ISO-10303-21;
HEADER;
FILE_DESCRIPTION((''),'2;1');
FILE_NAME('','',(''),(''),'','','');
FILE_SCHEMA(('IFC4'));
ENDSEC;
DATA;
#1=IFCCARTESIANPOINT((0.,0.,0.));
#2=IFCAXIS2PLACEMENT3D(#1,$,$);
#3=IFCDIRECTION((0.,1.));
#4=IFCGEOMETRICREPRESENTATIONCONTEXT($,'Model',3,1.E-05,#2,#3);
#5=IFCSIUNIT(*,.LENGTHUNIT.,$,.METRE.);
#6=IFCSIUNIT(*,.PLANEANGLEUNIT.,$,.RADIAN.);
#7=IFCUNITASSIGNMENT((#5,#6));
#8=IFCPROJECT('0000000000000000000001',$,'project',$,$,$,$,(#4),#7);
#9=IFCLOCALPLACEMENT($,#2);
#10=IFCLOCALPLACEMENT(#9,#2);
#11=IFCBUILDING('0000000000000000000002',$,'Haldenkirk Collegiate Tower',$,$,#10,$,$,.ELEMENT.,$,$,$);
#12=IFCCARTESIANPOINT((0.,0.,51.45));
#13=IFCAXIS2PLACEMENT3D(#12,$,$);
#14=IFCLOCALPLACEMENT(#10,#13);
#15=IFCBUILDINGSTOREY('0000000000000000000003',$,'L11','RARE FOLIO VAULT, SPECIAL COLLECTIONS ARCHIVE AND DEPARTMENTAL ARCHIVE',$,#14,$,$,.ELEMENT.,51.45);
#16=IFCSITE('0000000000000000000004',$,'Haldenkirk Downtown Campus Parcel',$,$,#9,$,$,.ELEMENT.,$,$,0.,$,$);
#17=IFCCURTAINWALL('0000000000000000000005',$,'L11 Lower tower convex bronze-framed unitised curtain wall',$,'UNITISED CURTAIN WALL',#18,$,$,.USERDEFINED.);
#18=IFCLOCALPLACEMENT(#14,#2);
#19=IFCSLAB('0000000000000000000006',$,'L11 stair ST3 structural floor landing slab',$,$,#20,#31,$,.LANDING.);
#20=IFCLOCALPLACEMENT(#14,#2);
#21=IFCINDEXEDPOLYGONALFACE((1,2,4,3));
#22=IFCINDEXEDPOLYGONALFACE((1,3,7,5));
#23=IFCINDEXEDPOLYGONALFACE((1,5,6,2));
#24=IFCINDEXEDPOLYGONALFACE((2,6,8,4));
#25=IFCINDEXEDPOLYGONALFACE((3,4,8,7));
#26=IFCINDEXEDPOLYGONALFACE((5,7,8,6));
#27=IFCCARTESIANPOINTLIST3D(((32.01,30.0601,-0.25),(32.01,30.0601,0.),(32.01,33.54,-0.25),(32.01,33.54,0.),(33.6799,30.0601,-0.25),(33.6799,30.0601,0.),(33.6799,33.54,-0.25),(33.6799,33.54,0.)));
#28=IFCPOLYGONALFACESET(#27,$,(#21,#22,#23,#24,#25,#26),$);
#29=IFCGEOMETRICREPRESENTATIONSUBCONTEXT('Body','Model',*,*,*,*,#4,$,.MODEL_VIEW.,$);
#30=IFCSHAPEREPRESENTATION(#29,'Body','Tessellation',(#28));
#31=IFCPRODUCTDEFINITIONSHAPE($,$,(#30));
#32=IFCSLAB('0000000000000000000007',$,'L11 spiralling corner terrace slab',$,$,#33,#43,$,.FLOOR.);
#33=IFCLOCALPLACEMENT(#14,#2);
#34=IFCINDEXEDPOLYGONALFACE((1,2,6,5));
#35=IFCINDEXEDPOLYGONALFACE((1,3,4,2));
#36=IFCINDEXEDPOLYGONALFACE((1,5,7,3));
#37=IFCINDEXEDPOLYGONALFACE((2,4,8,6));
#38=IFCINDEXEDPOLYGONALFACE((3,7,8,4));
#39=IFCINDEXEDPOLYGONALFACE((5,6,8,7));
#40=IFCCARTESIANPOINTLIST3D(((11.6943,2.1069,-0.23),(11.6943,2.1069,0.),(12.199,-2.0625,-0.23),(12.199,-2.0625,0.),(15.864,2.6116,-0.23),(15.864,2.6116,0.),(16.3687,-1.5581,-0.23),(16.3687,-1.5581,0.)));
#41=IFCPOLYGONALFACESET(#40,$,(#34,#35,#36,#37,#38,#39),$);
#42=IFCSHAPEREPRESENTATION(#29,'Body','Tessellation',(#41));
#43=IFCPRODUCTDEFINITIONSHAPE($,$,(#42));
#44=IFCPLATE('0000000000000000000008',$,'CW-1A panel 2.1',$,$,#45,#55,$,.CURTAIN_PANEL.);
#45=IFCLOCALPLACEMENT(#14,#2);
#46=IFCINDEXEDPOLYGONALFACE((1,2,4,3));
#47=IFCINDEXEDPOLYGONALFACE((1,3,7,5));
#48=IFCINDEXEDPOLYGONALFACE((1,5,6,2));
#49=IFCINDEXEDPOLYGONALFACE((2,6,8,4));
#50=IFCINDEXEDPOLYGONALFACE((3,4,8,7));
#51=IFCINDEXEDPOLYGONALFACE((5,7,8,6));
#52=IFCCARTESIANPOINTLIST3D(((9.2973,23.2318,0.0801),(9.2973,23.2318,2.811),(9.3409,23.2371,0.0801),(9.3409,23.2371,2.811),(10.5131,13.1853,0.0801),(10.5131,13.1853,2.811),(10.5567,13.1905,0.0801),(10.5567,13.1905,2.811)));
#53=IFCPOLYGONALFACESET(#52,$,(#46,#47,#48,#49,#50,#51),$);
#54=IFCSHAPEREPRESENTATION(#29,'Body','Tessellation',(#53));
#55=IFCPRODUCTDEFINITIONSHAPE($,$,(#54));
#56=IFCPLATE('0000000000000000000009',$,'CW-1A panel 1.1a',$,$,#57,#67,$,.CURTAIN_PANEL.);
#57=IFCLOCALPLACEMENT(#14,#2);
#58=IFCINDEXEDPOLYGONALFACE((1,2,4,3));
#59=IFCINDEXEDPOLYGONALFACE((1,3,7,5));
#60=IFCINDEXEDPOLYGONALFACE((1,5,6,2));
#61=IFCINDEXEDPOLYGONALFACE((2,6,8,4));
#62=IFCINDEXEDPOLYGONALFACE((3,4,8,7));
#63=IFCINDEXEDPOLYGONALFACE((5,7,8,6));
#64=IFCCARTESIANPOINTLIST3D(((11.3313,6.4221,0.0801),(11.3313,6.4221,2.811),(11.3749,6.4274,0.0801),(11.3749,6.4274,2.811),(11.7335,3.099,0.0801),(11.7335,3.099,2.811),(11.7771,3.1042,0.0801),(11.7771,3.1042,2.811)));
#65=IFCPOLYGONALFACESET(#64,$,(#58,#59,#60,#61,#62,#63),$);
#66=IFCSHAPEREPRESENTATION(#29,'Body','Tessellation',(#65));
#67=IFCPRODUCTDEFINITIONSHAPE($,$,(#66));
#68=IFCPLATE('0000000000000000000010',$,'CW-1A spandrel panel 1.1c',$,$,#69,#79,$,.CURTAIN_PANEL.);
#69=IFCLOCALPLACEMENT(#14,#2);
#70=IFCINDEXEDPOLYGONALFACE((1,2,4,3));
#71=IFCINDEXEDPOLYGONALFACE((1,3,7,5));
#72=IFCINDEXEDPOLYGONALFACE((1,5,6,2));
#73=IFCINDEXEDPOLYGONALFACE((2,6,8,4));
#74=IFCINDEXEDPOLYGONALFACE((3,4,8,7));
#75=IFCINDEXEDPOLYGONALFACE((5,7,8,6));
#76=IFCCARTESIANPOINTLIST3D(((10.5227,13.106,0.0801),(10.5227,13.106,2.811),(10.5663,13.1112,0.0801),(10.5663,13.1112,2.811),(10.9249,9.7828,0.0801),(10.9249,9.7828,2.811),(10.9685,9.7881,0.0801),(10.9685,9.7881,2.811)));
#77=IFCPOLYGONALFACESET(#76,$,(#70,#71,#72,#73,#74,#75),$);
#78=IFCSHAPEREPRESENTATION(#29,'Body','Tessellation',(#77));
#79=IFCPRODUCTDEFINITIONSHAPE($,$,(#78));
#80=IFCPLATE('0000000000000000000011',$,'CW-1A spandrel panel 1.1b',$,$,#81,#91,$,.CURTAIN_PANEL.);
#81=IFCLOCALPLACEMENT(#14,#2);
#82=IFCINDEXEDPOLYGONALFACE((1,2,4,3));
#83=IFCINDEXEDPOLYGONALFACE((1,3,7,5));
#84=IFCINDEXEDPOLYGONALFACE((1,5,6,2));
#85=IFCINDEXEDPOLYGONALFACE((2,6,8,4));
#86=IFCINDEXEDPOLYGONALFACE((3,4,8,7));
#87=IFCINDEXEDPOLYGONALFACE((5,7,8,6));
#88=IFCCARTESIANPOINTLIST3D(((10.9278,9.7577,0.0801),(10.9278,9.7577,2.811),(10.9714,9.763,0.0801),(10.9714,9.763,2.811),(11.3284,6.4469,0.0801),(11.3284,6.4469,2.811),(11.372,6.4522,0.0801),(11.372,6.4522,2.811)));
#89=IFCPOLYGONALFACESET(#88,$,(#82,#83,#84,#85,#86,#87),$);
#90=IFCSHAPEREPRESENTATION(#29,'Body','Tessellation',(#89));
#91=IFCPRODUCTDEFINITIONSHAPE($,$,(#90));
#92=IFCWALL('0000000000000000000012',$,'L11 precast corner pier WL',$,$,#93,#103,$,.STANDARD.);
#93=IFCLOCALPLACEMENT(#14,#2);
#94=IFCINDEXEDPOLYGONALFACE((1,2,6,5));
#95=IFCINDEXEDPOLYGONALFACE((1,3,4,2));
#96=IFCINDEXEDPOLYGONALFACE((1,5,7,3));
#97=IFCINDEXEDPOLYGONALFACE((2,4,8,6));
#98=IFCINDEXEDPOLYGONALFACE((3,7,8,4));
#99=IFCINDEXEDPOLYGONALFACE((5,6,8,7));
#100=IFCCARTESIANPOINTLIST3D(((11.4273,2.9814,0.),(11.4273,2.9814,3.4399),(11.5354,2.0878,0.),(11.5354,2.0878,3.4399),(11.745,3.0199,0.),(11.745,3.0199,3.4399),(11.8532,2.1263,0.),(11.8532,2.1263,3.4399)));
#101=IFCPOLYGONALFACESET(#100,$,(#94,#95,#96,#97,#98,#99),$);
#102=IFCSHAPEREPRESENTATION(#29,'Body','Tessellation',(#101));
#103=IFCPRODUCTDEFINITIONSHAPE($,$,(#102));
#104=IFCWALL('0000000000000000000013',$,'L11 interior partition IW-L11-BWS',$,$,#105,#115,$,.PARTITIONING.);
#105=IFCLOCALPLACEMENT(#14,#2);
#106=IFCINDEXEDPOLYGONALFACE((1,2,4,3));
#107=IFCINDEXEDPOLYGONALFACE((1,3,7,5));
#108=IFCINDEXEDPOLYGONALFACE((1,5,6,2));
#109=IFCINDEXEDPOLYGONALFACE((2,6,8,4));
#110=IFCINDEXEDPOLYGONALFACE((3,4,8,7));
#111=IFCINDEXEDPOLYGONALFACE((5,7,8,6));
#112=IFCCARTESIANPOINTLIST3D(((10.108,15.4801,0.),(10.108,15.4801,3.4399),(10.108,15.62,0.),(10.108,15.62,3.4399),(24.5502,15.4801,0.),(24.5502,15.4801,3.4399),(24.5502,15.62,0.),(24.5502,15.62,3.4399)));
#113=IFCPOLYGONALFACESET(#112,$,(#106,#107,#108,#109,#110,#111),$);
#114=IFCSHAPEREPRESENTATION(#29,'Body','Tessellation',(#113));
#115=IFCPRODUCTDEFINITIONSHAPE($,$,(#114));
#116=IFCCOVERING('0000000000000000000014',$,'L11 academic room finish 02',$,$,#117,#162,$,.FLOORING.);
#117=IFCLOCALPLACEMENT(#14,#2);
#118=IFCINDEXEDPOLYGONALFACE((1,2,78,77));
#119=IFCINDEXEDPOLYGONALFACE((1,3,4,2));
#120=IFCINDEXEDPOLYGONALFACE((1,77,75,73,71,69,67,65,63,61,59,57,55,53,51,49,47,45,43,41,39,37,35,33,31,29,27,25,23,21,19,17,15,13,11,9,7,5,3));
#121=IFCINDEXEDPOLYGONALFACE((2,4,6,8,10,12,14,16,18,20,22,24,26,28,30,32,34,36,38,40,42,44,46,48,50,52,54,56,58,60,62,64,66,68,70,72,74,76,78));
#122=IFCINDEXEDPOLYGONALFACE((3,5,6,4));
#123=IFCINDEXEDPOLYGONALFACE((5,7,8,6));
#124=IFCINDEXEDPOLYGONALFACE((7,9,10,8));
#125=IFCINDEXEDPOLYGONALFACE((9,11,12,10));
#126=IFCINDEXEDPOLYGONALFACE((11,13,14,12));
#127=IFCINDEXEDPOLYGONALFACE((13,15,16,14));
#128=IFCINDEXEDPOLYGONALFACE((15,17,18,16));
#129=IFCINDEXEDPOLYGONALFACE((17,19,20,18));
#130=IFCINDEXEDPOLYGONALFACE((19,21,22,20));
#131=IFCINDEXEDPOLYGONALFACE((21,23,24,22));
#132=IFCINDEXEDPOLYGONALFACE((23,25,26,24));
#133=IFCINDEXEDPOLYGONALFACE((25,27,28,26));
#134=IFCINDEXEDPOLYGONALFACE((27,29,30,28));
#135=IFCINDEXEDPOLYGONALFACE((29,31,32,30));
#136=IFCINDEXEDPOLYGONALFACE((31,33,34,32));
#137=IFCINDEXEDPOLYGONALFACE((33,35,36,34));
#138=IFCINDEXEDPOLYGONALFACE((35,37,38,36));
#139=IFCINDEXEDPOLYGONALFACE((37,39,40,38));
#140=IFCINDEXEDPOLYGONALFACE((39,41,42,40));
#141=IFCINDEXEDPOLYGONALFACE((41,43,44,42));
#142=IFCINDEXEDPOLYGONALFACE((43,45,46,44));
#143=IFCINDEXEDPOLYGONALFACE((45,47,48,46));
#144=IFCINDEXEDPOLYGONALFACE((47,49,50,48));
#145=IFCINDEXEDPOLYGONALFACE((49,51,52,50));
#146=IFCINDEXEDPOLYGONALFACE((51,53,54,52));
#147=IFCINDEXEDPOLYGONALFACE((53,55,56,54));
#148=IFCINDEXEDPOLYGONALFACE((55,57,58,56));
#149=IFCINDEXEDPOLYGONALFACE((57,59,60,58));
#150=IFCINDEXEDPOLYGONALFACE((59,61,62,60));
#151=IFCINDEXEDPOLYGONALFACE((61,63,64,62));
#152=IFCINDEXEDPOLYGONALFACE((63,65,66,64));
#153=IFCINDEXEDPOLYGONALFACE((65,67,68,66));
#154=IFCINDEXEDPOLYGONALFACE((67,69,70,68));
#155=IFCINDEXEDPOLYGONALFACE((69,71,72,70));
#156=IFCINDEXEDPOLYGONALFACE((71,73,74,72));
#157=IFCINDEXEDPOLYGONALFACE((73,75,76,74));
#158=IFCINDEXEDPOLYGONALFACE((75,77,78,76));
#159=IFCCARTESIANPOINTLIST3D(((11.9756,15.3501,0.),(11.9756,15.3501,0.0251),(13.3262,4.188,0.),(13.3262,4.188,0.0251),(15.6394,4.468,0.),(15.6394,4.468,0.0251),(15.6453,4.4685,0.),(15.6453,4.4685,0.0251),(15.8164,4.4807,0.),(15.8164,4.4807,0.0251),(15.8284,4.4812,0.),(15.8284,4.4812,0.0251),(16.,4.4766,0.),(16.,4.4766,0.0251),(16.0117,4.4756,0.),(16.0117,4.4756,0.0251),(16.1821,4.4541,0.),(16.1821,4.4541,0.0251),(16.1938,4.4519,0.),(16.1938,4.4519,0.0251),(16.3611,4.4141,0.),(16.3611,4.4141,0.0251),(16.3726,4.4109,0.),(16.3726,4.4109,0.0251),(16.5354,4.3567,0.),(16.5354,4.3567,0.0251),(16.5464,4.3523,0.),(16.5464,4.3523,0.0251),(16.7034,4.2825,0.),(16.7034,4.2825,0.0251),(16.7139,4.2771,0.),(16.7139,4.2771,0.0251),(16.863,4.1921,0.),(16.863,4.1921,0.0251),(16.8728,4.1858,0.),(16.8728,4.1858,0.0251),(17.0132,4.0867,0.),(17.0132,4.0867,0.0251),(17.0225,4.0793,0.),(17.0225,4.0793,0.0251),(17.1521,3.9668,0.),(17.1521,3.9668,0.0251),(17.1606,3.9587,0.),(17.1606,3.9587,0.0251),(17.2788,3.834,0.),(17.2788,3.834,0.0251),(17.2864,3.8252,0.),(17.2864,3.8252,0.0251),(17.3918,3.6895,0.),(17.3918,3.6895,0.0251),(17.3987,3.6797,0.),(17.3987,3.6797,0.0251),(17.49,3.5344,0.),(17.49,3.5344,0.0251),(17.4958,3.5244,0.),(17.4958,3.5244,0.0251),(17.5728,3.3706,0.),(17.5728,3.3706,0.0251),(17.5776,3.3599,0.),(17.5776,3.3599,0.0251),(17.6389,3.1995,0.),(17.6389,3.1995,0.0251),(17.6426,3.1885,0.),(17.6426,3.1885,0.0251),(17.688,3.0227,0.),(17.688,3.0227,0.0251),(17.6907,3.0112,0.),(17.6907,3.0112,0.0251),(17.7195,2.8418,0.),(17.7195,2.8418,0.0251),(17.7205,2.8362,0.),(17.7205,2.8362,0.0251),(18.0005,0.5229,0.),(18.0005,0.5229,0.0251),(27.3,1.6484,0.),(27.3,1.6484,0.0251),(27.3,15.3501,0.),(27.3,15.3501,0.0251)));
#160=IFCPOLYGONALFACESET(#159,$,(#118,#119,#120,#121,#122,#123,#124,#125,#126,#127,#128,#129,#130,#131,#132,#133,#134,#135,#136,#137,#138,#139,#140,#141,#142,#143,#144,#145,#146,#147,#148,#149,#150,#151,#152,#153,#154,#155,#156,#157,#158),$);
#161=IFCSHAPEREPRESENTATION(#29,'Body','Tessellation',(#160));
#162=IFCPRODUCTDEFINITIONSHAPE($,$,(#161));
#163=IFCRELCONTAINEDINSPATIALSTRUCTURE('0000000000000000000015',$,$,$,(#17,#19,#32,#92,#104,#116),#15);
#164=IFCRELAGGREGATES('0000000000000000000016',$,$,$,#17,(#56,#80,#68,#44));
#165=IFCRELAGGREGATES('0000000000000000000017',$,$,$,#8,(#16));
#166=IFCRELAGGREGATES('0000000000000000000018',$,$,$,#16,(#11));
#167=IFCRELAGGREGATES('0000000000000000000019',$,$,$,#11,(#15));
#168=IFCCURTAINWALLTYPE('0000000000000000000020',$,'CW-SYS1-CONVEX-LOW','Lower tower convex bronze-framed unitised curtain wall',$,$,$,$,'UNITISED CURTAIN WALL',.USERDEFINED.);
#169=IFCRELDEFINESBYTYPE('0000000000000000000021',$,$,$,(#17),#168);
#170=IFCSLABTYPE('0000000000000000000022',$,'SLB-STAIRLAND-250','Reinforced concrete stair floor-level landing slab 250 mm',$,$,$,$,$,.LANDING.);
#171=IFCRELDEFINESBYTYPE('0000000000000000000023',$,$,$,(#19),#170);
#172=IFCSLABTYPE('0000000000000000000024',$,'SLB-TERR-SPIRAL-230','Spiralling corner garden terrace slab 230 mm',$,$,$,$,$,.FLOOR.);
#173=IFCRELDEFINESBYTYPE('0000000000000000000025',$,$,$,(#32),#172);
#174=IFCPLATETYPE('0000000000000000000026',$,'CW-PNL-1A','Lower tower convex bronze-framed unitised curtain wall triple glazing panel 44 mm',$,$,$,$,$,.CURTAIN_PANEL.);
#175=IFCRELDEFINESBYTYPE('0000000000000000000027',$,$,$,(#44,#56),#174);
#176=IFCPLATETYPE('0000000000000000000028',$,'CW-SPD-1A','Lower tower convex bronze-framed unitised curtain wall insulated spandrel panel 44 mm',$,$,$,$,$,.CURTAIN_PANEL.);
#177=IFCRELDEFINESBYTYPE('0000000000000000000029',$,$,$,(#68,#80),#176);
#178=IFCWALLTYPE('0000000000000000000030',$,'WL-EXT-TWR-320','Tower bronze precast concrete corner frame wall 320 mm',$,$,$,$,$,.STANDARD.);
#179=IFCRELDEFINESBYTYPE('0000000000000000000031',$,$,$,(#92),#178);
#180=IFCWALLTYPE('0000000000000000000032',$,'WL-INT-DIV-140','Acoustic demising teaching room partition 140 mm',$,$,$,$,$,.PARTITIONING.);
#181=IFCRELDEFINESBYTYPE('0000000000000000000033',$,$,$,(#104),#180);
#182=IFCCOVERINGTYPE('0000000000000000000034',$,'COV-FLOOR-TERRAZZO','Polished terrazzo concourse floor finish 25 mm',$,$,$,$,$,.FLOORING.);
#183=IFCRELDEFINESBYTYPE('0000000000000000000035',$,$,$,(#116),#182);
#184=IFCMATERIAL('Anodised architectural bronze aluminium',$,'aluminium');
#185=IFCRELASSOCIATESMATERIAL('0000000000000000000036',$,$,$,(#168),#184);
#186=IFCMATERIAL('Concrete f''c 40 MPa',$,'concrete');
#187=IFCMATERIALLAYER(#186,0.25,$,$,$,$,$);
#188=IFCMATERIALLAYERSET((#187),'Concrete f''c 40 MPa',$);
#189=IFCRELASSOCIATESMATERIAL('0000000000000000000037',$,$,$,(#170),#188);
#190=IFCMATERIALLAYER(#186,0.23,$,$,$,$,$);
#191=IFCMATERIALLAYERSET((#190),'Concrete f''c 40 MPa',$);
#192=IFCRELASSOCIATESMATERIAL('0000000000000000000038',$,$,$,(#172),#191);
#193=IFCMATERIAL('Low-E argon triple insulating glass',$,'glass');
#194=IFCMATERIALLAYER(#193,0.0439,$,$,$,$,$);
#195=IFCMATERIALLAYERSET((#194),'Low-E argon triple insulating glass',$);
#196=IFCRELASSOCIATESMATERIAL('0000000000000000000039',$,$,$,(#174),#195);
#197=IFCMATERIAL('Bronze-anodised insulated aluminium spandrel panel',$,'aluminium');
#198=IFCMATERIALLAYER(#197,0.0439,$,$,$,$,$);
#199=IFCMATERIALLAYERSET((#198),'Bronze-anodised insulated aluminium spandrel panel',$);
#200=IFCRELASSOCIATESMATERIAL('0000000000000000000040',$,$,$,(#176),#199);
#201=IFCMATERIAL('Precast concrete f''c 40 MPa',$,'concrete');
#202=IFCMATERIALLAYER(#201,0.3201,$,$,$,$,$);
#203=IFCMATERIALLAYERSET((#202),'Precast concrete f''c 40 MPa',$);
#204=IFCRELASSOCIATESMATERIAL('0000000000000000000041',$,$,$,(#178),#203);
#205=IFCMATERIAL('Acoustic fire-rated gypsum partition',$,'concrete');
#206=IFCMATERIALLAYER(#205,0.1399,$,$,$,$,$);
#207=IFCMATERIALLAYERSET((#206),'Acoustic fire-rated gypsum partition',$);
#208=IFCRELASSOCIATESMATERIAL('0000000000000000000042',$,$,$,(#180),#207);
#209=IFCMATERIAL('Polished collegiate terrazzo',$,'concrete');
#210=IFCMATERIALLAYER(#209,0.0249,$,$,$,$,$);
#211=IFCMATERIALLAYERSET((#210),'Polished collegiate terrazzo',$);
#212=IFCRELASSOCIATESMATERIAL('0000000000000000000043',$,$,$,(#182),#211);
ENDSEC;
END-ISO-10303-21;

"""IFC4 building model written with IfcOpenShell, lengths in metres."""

from ifc_helpers import new_model, si_unit, direction, frame, frame_2d, origin, origin_2d, place, context, subcontext, project, spatial, polyline, rectangle, outline, extrude, source, transform, mapped, material, layer, layer_set, type_object, element, aggregate, save


model = new_model("IFC4")

# Units and contexts
model_context = context("Model", 3, precision=1e-05, world=origin(), true_north=direction((0.0, 1.0)))
body_context = subcontext(model_context, "Body", "Model", "MODEL_VIEW")
ifc_project = project(units=[si_unit("LENGTHUNIT", "METRE"), si_unit("PLANEANGLEUNIT", "RADIAN")], contexts=[model_context])

# Site, building, storey
site_placement = place(None, origin())
site = spatial("IfcSite", under=ifc_project, at=site_placement, Name="Haldenkirk Downtown Campus Parcel", CompositionType="ELEMENT", RefElevation=0.0)
building_placement = place(site_placement, origin())
building = spatial("IfcBuilding", under=site, at=building_placement, Name="Haldenkirk Collegiate Tower", CompositionType="ELEMENT")
storey_placement = place(building_placement, frame((0.0, 0.0, 51.45)))
storey = spatial("IfcBuildingStorey", under=building, at=storey_placement, Name="L11", Description="RARE FOLIO VAULT, SPECIAL COLLECTIONS ARCHIVE AND DEPARTMENTAL ARCHIVE", CompositionType="ELEMENT", Elevation=51.45)

# Curtain wall
ifc_material_1 = material(Name="Anodised architectural bronze aluminium", Category="aluminium")
curtain_wall_type = type_object("IfcCurtainWallType", Name="CW-SYS1-CONVEX-LOW", Description="Lower tower convex bronze-framed unitised curtain wall", ElementType="UNITISED CURTAIN WALL", PredefinedType="USERDEFINED", material=ifc_material_1)
curtain_wall_placement = place(storey_placement, origin())
curtain_wall = element("IfcCurtainWall", 1, at=curtain_wall_placement, inside=storey, type_object=curtain_wall_type, Name="L11 Lower tower convex bronze-framed unitised curtain wall", ObjectType="UNITISED CURTAIN WALL", PredefinedType="USERDEFINED")

# Shared definitions
ifc_material_2 = material(Name="Concrete f'c 40 MPa", Category="concrete")

# Slabs
ifc_layer_1 = layer(ifc_material_2, 0.25)
ifc_layer_set_1 = layer_set([ifc_layer_1], Name="Concrete f'c 40 MPa")
slab_type_1 = type_object("IfcSlabType", Name="SLB-STAIRLAND-250", Description="Reinforced concrete stair floor-level landing slab 250 mm", PredefinedType="LANDING", material=ifc_layer_set_1)
slab_1_placement = place(storey_placement, frame((0.0, 0.0, -0.25)))
element("IfcSlab", 2, at=slab_1_placement, inside=storey, type_object=slab_type_1, Name="L11 stair ST3 structural floor landing slab", PredefinedType="LANDING", context=body_context, shape_type="SweptSolid", body=[
    extrude(outline(polyline([(32.01, 30.0601), (33.6799, 30.0601), (33.6799, 33.54), (32.01, 33.54), (32.01, 30.0601)])), origin(), (0.0, 0.0, 1.0), 0.25),
])
ifc_layer_2 = layer(ifc_material_2, 0.23)
ifc_layer_set_2 = layer_set([ifc_layer_2], Name="Concrete f'c 40 MPa")
slab_type_2 = type_object("IfcSlabType", Name="SLB-TERR-SPIRAL-230", Description="Spiralling corner garden terrace slab 230 mm", PredefinedType="FLOOR", material=ifc_layer_set_2)
slab_2_placement = place(storey_placement, frame((0.0, 0.0, -0.23)))
element("IfcSlab", 3, at=slab_2_placement, inside=storey, type_object=slab_type_2, Name="L11 spiralling corner terrace slab", PredefinedType="FLOOR", context=body_context, shape_type="SweptSolid", body=[
    extrude(outline(polyline([(12.199, -2.0625), (16.3687, -1.5581), (15.864, 2.6116), (11.6943, 2.1069), (12.199, -2.0625)])), origin(), (0.0, 0.0, 1.0), 0.23),
])

# Plates
ifc_material_3 = material(Name="Low-E argon triple insulating glass", Category="glass")
ifc_layer_3 = layer(ifc_material_3, 0.0439)
ifc_layer_set_3 = layer_set([ifc_layer_3], Name="Low-E argon triple insulating glass")
plate_type_1 = type_object("IfcPlateType", Name="CW-PNL-1A", Description="Lower tower convex bronze-framed unitised curtain wall triple glazing panel 44 mm", PredefinedType="CURTAIN_PANEL", material=ifc_layer_set_3)
shared_shape_1 = source(origin(), body_context, "Body", "SweptSolid", [
    extrude(rectangle(XDim=10.1199, YDim=0.0439, at=origin_2d()), origin(), (0.0, 0.0, 1.0), 2.731),
])
plate_1_placement = place(storey_placement, frame((9.927, 18.2112, 0.0801), z_axis=(0.0, 0.0, 1.0), x_axis=(-0.120138, 0.992757, 0.0)))
plate_1 = element("IfcPlate", 4, at=plate_1_placement, type_object=plate_type_1, Name="CW-1A panel 2.1", PredefinedType="CURTAIN_PANEL", context=body_context, shape_type="MappedRepresentation", body=[
    mapped(shared_shape_1, transform((0.0, 0.0, 0.0), x_axis=(1.0, 0.0, 0.0), y_axis=(0.0, 1.0, 0.0), z_axis=(0.0, 0.0, 1.0), scale=1.0)),
])
shared_shape_2 = source(origin(), body_context, "Body", "SweptSolid", [
    extrude(rectangle(XDim=3.3474, YDim=0.0439, at=origin_2d()), origin(), (0.0, 0.0, 1.0), 2.731),
])
plate_2_placement = place(storey_placement, frame((11.5542, 4.7632, 0.0801), z_axis=(0.0, 0.0, 1.0), x_axis=(-0.120138, 0.992757, 0.0)))
plate_2 = element("IfcPlate", 5, at=plate_2_placement, type_object=plate_type_1, Name="CW-1A panel 1.1a", PredefinedType="CURTAIN_PANEL", context=body_context, shape_type="MappedRepresentation", body=[
    mapped(shared_shape_2, transform((0.0, 0.0, 0.0), x_axis=(1.0, 0.0, 0.0), y_axis=(0.0, 1.0, 0.0), z_axis=(0.0, 0.0, 1.0), scale=1.0)),
])
ifc_material_4 = material(Name="Bronze-anodised insulated aluminium spandrel panel", Category="aluminium")
ifc_layer_4 = layer(ifc_material_4, 0.0439)
ifc_layer_set_4 = layer_set([ifc_layer_4], Name="Bronze-anodised insulated aluminium spandrel panel")
plate_type_2 = type_object("IfcPlateType", Name="CW-SPD-1A", Description="Lower tower convex bronze-framed unitised curtain wall insulated spandrel panel 44 mm", PredefinedType="CURTAIN_PANEL", material=ifc_layer_set_4)
plate_3_placement = place(storey_placement, frame((10.7456, 11.447, 0.0801), z_axis=(0.0, 0.0, 1.0), x_axis=(-0.120138, 0.992757, 0.0)))
plate_3 = element("IfcPlate", 6, at=plate_3_placement, type_object=plate_type_2, Name="CW-1A spandrel panel 1.1c", PredefinedType="CURTAIN_PANEL", context=body_context, shape_type="MappedRepresentation", body=[
    mapped(shared_shape_2, transform((0.0, 0.0, 0.0), x_axis=(1.0, 0.0, 0.0), y_axis=(0.0, 1.0, 0.0), z_axis=(0.0, 0.0, 1.0), scale=1.0)),
])
shared_shape_3 = source(origin(), body_context, "Body", "SweptSolid", [
    extrude(rectangle(XDim=3.335, YDim=0.0439, at=origin_2d()), origin(), (0.0, 0.0, 1.0), 2.731),
])
plate_4_placement = place(storey_placement, frame((11.1499, 8.105, 0.0801), z_axis=(0.0, 0.0, 1.0), x_axis=(-0.120138, 0.992757, 0.0)))
plate_4 = element("IfcPlate", 7, at=plate_4_placement, type_object=plate_type_2, Name="CW-1A spandrel panel 1.1b", PredefinedType="CURTAIN_PANEL", context=body_context, shape_type="MappedRepresentation", body=[
    mapped(shared_shape_3, transform((0.0, 0.0, 0.0), x_axis=(1.0, 0.0, 0.0), y_axis=(0.0, 1.0, 0.0), z_axis=(0.0, 0.0, 1.0), scale=1.0)),
])
aggregate(curtain_wall, [plate_2, plate_4, plate_3, plate_1])

# Walls
ifc_material_5 = material(Name="Precast concrete f'c 40 MPa", Category="concrete")
ifc_layer_5 = layer(ifc_material_5, 0.3201)
ifc_layer_set_5 = layer_set([ifc_layer_5], Name="Precast concrete f'c 40 MPa")
wall_type_1 = type_object("IfcWallType", Name="WL-EXT-TWR-320", Description="Tower bronze precast concrete corner frame wall 320 mm", PredefinedType="STANDARD", material=ifc_layer_set_5)
wall_1_placement = place(storey_placement, frame((11.6943, 2.1069, 0.0), z_axis=(0.0, 0.0, 1.0), x_axis=(-0.120161, 0.992754, 0.0)))
element("IfcWall", 8, at=wall_1_placement, inside=storey, type_object=wall_type_1, Name="L11 precast corner pier WL", PredefinedType="STANDARD", context=body_context, shape_type="SweptSolid", body=[
    extrude(rectangle(XDim=0.9001, YDim=0.3201, at=frame_2d((0.4502, 0.0))), origin(), (0.0, 0.0, 1.0), 3.4399),
])
ifc_material_6 = material(Name="Acoustic fire-rated gypsum partition", Category="concrete")
ifc_layer_6 = layer(ifc_material_6, 0.1399)
ifc_layer_set_6 = layer_set([ifc_layer_6], Name="Acoustic fire-rated gypsum partition")
wall_type_2 = type_object("IfcWallType", Name="WL-INT-DIV-140", Description="Acoustic demising teaching room partition 140 mm", PredefinedType="PARTITIONING", material=ifc_layer_set_6)
wall_2_placement = place(storey_placement, frame((10.1079, 15.55, 0.0), z_axis=(0.0, 0.0, 1.0), x_axis=(1.0, 0.0, 0.0)))
element("IfcWall", 9, at=wall_2_placement, inside=storey, type_object=wall_type_2, Name="L11 interior partition IW-L11-BWS", PredefinedType="PARTITIONING", context=body_context, shape_type="SweptSolid", body=[
    extrude(rectangle(XDim=14.4421, YDim=0.1399, at=frame_2d((7.2212, 0.0))), origin(), (0.0, 0.0, 1.0), 3.4399),
])

# Covering
ifc_material_7 = material(Name="Polished collegiate terrazzo", Category="concrete")
ifc_layer_7 = layer(ifc_material_7, 0.0249)
ifc_layer_set_7 = layer_set([ifc_layer_7], Name="Polished collegiate terrazzo")
covering_type_1 = type_object("IfcCoveringType", Name="COV-FLOOR-TERRAZZO", Description="Polished terrazzo concourse floor finish 25 mm", PredefinedType="FLOORING", material=ifc_layer_set_7)
covering_1_placement = place(storey_placement, origin())
element("IfcCovering", 10, at=covering_1_placement, inside=storey, type_object=covering_type_1, Name="L11 academic room finish 02", PredefinedType="FLOORING", context=body_context, shape_type="SweptSolid", body=[
    extrude(outline(polyline([(17.3987, 3.6797), (17.3918, 3.6895), (17.2864, 3.8252), (17.2788, 3.834), (17.1606, 3.9587), (17.1521, 3.9668), (17.0225, 4.0793), (17.0132, 4.0867), (16.8728, 4.1858), (16.863, 4.1921), (16.7139, 4.2771), (16.7034, 4.2825), (16.5464, 4.3523), (16.5354, 4.3567), (16.3726, 4.4109), (16.3611, 4.4141), (16.1938, 4.4519), (16.1821, 4.4541), (16.0117, 4.4756), (16.0, 4.4766), (15.8284, 4.4812), (15.8164, 4.4807), (15.6453, 4.4685), (15.6394, 4.468), (13.3262, 4.188), (11.9756, 15.3501), (27.3, 15.3501), (27.3, 1.6484), (18.0005, 0.5229), (17.7205, 2.8362), (17.7195, 2.8418), (17.6907, 3.0112), (17.688, 3.0227), (17.6426, 3.1885), (17.6389, 3.1995), (17.5776, 3.3599), (17.5728, 3.3706), (17.4958, 3.5244), (17.49, 3.5344), (17.3987, 3.6797)])), origin(), (0.0, 0.0, 1.0), 0.0251),
])

save(model, "model.ifc")
